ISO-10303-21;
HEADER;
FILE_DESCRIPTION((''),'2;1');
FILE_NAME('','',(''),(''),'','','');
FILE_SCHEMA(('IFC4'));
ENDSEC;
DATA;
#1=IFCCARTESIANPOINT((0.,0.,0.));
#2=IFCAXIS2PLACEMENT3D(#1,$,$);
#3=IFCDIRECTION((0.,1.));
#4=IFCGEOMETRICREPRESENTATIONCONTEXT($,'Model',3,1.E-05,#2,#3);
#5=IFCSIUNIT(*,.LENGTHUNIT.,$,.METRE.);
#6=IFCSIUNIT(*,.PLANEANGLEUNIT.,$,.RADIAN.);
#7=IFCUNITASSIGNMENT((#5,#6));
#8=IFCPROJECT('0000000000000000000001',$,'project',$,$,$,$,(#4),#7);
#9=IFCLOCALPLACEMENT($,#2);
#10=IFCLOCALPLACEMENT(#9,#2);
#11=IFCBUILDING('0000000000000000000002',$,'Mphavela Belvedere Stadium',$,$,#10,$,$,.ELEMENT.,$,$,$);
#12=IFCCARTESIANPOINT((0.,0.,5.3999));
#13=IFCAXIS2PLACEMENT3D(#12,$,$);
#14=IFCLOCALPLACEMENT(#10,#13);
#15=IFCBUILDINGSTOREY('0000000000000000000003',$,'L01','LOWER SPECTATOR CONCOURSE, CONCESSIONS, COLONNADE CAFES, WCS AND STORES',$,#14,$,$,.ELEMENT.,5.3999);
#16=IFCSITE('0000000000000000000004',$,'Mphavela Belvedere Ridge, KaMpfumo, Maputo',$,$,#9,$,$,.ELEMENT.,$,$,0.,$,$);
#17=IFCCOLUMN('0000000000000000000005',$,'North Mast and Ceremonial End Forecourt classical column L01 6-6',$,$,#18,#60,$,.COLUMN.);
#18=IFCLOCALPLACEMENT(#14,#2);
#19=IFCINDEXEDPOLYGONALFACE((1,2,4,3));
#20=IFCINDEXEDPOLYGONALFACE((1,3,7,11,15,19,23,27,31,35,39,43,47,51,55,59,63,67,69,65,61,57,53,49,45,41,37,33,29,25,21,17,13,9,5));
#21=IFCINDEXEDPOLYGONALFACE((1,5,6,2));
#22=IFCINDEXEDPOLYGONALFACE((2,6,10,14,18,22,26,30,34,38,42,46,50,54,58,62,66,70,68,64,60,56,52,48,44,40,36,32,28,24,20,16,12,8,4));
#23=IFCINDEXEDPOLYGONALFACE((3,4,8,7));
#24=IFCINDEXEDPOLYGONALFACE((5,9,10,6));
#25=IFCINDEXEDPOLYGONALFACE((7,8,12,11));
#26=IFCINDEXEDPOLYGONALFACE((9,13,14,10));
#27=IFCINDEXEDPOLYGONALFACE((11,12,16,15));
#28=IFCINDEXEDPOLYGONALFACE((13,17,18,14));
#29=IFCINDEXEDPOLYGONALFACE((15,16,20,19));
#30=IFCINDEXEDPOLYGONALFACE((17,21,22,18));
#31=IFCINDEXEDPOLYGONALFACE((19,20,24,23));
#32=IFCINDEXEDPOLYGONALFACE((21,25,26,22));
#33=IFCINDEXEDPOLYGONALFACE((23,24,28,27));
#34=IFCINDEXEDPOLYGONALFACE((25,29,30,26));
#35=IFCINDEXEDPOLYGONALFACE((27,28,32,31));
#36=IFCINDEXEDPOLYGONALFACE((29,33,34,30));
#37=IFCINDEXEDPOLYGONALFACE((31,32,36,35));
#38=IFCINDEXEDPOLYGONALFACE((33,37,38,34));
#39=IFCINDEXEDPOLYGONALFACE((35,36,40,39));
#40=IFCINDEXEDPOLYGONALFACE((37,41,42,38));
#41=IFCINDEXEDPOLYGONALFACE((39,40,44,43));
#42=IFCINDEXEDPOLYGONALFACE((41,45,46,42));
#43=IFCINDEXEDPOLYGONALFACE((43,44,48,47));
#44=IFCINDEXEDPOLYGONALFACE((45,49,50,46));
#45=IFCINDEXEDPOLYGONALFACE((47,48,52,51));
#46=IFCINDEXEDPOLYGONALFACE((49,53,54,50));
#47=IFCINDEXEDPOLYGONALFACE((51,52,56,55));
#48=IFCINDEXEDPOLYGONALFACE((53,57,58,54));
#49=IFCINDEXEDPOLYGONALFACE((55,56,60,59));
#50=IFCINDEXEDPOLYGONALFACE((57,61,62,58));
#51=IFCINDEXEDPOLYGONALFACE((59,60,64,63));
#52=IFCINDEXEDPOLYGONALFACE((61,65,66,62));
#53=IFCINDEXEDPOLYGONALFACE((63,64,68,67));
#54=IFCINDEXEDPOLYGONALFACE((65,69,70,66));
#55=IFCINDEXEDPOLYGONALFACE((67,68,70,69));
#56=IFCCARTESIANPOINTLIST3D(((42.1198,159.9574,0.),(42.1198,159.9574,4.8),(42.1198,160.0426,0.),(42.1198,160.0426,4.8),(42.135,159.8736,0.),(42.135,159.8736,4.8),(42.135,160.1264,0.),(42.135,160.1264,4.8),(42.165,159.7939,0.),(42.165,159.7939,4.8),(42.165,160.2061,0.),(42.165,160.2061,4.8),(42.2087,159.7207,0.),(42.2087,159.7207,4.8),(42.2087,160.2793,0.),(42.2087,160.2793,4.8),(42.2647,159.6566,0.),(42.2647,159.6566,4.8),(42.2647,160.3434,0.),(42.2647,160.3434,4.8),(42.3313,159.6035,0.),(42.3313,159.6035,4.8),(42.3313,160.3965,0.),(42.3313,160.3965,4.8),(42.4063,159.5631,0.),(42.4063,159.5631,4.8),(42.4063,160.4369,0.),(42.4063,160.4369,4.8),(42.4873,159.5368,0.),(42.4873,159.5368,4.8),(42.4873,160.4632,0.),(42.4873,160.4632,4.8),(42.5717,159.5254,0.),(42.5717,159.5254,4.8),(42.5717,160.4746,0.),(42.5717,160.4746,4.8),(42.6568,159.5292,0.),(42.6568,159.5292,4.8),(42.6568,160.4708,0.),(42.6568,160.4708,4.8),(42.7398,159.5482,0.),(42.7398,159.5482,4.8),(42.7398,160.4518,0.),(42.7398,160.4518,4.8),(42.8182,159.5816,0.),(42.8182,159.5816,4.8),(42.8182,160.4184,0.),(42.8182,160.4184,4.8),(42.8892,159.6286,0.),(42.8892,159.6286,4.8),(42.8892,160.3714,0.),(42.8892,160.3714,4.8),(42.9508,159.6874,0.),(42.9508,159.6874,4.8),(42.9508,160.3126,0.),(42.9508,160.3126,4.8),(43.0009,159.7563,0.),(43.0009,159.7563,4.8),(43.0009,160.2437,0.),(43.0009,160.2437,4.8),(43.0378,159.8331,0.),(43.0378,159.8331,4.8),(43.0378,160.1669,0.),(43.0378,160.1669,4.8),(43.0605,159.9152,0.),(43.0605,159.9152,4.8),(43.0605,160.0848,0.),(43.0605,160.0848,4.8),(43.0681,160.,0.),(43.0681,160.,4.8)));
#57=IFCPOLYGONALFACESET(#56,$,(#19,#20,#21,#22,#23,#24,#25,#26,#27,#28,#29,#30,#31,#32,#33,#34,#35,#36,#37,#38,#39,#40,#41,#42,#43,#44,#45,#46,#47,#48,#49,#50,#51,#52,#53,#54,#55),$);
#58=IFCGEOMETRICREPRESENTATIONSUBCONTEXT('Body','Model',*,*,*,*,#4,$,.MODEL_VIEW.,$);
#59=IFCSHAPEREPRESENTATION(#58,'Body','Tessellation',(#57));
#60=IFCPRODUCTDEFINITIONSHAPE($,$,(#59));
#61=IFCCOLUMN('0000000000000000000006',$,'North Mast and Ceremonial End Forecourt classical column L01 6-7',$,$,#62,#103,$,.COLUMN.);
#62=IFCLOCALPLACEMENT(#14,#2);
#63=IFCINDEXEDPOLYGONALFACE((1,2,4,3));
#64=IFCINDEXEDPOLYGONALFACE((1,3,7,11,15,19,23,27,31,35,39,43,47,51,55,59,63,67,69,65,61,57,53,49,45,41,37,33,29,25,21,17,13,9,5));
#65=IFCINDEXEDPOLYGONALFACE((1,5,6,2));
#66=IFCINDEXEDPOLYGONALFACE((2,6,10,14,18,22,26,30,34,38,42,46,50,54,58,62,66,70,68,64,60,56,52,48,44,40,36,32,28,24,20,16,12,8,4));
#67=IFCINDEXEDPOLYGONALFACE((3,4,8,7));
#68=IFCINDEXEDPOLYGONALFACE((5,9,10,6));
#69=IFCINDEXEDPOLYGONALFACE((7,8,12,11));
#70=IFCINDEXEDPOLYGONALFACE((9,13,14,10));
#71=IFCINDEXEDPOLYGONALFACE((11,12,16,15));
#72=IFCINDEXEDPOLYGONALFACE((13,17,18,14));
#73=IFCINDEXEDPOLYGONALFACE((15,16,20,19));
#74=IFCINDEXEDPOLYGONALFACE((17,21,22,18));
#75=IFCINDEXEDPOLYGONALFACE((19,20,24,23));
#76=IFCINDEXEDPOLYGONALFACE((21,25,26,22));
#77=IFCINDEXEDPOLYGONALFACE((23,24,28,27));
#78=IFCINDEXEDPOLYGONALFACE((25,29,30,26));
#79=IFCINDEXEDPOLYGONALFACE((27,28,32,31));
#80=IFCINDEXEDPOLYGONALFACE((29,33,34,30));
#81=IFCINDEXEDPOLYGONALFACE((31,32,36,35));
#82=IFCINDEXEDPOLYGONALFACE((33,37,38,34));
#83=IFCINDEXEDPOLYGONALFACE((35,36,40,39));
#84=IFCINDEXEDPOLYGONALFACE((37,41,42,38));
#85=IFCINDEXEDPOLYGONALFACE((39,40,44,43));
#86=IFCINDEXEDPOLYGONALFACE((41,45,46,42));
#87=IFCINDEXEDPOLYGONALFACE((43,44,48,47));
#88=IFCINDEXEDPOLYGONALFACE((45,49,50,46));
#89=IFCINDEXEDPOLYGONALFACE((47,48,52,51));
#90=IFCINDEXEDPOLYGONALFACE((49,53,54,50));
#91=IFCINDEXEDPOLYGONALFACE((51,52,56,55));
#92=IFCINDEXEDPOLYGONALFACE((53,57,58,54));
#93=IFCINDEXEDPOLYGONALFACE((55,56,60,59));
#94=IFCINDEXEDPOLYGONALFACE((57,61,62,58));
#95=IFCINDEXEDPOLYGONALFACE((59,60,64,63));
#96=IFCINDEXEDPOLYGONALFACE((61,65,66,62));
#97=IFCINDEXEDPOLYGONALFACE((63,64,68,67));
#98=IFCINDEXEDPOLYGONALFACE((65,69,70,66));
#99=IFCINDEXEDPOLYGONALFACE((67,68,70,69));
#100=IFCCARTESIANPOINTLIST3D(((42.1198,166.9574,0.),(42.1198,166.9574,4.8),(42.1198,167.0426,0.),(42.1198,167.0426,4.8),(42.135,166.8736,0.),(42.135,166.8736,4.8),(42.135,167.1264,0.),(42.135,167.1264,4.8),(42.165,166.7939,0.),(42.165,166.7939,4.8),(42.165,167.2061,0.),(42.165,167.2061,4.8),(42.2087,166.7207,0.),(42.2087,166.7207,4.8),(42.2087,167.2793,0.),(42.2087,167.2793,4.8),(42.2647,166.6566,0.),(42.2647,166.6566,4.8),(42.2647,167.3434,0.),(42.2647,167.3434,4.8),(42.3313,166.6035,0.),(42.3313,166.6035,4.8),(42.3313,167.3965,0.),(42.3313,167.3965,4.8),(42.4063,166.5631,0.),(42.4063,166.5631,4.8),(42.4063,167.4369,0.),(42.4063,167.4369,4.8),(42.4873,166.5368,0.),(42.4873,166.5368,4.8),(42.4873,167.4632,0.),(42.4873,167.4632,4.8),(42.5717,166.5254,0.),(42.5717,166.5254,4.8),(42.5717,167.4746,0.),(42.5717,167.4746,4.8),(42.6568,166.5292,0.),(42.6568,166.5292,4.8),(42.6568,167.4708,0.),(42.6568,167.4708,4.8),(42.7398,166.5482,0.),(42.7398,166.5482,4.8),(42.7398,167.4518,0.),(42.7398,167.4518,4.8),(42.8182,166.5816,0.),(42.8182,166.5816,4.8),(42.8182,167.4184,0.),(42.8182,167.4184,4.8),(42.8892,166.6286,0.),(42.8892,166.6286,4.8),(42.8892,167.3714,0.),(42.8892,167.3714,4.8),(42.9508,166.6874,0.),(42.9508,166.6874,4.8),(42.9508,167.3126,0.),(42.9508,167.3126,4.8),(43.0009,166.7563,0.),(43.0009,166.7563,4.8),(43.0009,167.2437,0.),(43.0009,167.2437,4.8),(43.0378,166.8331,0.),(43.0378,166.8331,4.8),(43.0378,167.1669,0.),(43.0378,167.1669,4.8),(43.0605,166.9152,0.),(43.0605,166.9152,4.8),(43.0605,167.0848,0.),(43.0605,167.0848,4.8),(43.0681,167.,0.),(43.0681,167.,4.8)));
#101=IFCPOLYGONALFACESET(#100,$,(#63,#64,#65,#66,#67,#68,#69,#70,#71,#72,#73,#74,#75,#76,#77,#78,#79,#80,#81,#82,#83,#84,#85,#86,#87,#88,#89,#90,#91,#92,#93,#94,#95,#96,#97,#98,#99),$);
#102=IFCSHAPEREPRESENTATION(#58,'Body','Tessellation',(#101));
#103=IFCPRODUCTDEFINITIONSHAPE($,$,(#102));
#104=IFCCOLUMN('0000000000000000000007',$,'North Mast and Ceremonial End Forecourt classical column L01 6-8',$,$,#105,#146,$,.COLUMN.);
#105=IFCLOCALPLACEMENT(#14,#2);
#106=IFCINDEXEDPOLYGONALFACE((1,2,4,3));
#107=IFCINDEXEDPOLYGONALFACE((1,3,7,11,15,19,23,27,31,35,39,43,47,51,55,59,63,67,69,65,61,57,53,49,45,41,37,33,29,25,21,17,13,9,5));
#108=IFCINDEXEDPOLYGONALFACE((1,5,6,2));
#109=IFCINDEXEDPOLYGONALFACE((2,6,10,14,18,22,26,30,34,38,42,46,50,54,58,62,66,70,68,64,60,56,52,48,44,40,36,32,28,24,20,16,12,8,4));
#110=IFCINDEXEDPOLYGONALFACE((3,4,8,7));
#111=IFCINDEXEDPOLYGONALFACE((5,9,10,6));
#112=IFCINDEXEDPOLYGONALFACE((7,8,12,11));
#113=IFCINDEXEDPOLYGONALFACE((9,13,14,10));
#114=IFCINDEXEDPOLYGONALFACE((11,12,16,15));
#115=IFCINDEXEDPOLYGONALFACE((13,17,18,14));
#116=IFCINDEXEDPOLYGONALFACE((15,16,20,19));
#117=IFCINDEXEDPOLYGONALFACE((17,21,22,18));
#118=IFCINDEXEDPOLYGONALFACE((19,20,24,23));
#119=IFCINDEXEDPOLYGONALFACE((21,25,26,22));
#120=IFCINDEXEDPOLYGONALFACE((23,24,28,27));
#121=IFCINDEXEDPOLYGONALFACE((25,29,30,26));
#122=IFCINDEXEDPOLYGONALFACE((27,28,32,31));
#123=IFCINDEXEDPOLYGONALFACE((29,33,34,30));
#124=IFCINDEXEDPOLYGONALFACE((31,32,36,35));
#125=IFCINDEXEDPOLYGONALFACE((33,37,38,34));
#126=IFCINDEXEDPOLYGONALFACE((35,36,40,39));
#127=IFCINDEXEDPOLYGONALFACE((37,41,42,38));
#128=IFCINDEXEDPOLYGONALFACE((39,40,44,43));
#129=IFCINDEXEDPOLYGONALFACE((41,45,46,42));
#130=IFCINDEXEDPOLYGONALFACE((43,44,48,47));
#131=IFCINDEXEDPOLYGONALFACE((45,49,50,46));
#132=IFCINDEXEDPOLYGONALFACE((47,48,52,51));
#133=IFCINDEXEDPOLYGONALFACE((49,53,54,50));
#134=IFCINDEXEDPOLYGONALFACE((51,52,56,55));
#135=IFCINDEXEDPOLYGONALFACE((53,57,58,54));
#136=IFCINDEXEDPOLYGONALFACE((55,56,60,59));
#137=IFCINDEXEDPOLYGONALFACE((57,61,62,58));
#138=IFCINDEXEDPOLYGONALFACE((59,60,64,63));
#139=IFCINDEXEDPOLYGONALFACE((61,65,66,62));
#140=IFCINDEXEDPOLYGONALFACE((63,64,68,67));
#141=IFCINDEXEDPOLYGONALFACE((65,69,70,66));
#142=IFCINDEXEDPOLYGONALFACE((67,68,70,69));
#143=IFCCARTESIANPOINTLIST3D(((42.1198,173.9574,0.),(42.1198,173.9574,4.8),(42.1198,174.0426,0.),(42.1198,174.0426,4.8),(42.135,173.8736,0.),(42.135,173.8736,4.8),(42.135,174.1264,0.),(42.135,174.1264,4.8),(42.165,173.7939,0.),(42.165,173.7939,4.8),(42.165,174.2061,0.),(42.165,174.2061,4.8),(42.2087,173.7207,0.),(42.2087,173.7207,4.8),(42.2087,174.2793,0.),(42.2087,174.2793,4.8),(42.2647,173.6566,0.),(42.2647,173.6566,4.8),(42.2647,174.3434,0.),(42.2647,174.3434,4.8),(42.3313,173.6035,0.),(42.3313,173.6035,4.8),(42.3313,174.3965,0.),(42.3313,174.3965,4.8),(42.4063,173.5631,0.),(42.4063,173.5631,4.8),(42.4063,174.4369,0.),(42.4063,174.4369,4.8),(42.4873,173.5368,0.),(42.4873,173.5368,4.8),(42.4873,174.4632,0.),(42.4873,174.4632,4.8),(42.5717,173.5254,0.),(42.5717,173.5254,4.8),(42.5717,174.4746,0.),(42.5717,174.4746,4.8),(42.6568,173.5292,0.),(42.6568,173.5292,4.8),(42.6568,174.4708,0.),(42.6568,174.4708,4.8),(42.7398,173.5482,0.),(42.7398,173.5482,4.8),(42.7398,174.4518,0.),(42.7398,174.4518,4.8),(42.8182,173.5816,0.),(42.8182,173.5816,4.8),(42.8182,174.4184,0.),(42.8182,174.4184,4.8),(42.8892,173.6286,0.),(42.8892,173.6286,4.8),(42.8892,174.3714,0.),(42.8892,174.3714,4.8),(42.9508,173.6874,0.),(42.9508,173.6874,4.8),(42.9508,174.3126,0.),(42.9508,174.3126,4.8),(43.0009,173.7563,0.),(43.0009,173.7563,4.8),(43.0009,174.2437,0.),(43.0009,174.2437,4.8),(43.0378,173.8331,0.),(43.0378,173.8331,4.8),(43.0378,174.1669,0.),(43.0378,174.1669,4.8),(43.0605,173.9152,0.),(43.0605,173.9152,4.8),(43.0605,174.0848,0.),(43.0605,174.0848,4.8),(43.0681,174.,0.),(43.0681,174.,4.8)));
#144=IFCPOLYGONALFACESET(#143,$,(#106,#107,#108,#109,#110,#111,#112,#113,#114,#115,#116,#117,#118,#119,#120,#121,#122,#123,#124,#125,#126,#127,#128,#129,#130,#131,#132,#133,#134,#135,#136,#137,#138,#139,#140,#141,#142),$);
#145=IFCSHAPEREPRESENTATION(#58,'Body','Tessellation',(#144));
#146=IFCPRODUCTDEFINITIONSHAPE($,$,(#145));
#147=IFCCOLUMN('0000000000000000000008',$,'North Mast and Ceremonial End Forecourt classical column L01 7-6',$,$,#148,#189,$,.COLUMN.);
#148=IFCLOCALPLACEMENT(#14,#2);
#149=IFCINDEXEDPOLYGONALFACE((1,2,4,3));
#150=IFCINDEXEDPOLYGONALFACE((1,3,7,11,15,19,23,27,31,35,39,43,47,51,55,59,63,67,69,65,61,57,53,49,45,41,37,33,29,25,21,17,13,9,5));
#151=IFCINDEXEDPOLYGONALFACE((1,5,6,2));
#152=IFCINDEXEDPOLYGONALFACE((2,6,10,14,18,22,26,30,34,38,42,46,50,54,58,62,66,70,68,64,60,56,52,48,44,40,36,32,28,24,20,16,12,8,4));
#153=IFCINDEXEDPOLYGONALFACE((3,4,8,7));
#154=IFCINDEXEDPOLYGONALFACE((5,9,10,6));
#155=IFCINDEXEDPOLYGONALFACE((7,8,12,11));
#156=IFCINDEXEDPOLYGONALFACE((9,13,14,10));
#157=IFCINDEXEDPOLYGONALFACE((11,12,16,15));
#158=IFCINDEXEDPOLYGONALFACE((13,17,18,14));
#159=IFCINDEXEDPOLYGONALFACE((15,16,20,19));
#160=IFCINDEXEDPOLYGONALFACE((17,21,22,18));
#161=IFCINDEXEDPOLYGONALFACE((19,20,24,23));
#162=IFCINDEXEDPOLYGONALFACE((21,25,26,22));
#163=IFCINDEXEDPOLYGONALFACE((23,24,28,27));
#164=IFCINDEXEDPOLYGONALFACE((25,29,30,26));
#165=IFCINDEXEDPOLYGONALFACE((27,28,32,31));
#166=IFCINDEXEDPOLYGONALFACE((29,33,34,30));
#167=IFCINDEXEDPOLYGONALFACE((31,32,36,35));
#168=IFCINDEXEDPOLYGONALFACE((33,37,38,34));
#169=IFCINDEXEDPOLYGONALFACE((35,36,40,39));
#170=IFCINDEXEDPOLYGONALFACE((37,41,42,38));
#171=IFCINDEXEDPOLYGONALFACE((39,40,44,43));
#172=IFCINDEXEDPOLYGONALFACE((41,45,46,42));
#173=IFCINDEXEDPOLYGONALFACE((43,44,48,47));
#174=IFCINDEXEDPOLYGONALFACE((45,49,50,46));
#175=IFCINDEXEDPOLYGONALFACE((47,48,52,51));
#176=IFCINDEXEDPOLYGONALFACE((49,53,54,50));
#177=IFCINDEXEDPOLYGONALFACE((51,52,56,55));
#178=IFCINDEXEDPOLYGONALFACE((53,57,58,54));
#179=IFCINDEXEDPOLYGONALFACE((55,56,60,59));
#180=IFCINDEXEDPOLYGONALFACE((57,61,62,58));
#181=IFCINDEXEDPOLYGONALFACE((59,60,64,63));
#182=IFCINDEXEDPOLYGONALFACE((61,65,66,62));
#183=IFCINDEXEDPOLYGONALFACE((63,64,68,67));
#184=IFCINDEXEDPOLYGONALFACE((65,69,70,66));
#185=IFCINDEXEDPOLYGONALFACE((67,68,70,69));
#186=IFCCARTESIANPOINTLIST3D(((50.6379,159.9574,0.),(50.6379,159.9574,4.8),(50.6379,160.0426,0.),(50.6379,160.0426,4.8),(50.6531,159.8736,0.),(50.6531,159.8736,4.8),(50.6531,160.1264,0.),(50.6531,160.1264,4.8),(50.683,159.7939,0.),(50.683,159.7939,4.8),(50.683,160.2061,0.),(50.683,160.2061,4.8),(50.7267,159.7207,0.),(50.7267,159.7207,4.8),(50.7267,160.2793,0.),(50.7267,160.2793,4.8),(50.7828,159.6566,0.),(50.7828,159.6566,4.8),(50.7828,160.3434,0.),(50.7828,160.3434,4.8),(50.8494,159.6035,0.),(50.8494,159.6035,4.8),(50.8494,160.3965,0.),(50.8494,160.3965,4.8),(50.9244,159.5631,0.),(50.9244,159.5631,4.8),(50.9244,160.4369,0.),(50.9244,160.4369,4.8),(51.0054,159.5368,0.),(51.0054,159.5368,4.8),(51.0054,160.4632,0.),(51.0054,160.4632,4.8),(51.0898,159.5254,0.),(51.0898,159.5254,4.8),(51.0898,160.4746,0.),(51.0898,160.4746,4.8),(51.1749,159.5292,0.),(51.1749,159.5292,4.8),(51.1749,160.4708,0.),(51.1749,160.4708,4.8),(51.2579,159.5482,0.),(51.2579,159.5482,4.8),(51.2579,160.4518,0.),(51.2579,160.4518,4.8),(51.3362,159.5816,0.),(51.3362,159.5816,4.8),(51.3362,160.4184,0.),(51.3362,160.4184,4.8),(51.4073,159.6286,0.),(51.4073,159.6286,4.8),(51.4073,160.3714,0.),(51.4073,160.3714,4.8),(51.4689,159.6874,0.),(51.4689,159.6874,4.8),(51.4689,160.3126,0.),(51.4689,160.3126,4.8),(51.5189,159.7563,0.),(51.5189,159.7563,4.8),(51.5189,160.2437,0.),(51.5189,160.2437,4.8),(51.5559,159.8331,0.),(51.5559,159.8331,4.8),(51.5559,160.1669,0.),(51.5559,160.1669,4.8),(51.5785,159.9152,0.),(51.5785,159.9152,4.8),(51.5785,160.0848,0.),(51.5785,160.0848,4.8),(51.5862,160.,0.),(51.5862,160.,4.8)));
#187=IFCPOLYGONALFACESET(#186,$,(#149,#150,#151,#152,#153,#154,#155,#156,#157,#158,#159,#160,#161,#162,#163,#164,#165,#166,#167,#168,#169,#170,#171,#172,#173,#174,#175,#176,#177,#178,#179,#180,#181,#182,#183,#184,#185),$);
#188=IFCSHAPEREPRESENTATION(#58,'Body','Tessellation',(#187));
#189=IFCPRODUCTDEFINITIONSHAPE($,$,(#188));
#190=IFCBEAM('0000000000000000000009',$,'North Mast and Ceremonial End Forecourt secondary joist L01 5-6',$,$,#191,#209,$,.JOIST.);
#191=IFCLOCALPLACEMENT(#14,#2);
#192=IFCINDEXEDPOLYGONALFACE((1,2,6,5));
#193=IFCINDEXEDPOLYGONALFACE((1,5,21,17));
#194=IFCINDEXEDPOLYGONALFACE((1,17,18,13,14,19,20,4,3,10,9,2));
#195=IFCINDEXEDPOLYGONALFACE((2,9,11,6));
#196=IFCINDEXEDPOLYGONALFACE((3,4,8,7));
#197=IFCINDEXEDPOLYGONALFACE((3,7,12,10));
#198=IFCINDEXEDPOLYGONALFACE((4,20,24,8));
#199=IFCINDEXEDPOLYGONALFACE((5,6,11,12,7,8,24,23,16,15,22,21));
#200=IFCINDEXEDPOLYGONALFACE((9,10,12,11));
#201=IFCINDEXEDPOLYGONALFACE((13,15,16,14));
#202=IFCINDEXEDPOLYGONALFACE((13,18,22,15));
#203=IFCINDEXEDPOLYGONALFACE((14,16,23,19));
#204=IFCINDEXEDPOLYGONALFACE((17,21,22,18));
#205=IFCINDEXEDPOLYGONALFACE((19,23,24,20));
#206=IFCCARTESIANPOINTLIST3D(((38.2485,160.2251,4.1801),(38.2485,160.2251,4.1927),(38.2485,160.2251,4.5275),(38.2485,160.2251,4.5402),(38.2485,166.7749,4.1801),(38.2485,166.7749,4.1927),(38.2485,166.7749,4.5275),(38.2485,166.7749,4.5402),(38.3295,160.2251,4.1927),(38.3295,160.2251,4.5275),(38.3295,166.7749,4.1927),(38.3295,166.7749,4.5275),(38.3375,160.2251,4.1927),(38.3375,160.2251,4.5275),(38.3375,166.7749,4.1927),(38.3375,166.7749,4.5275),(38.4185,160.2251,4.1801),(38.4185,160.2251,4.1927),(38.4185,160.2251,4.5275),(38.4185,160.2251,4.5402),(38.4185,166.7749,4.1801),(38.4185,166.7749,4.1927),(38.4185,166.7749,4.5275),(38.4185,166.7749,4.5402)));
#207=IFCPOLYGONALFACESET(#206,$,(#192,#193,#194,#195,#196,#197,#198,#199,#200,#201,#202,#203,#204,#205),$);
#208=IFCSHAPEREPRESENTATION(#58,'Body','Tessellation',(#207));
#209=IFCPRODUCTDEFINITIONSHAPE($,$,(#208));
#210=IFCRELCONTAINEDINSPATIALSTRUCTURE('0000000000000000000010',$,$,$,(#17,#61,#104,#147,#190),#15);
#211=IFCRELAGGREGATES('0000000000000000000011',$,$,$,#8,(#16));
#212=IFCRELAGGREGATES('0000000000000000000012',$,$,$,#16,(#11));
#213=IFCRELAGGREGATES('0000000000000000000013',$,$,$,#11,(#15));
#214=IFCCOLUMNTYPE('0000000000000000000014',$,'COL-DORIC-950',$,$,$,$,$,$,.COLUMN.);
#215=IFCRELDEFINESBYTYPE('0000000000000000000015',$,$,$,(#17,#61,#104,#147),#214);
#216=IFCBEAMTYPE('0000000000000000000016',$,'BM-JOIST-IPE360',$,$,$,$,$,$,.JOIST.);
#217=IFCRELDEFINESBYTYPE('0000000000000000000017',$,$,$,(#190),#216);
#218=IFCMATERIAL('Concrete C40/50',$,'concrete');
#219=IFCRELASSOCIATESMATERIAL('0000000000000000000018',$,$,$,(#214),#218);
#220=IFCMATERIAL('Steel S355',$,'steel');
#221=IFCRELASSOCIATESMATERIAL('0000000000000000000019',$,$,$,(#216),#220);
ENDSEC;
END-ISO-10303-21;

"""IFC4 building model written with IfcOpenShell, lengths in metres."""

from ifc_helpers import new_model, si_unit, direction, frame, origin, origin_2d, place, context, subcontext, project, spatial, circle, i_section, extrude, material, material_profile, profile_set, type_object, element, save


model = new_model("IFC4")

# Units and contexts
model_context = context("Model", 3, precision=1e-05, world=origin(), true_north=direction((0.0, 1.0)))
body_context = subcontext(model_context, "Body", "Model", "MODEL_VIEW")
ifc_project = project(units=[si_unit("LENGTHUNIT", "METRE"), si_unit("PLANEANGLEUNIT", "RADIAN")], contexts=[model_context])

# Site, building, storey
site_placement = place(None, origin())
site = spatial("IfcSite", under=ifc_project, at=site_placement, Name="Mphavela Belvedere Ridge, KaMpfumo, Maputo", CompositionType="ELEMENT", RefElevation=0.0)
building_placement = place(site_placement, origin())
building = spatial("IfcBuilding", under=site, at=building_placement, Name="Mphavela Belvedere Stadium", CompositionType="ELEMENT")
storey_placement = place(building_placement, frame((0.0, 0.0, 5.3999)))
storey = spatial("IfcBuildingStorey", under=building, at=storey_placement, Name="L01", Description="LOWER SPECTATOR CONCOURSE, CONCESSIONS, COLONNADE CAFES, WCS AND STORES", CompositionType="ELEMENT", Elevation=5.3999)

# Columns
ifc_material_1 = material(Name="Concrete C40/50", Category="concrete")
ifc_material_profile_1 = material_profile(ifc_material_1, circle(Radius=0.4751, at=origin_2d()), Name="COL D950")
ifc_profile_set_1 = profile_set([ifc_material_profile_1], Name="Concrete C40/50")
column_type = type_object("IfcColumnType", Name="COL-DORIC-950", PredefinedType="COLUMN", material=ifc_profile_set_1)
for number, where, z_axis, x_axis, name in (
    (1, (42.593, 160.0, 0.0), (0.0, 0.0, 1.0), (1.0, 0.0, 0.0), "North Mast and Ceremonial End Forecourt classical column L01 6-6"),
    (2, (42.593, 167.0, 0.0), (0.0, 0.0, 1.0), (1.0, 0.0, 0.0), "North Mast and Ceremonial End Forecourt classical column L01 6-7"),
    (3, (42.593, 174.0, 0.0), (0.0, 0.0, 1.0), (1.0, 0.0, 0.0), "North Mast and Ceremonial End Forecourt classical column L01 6-8"),
    (4, (51.1111, 160.0, 0.0), (0.0, 0.0, 1.0), (1.0, 0.0, 0.0), "North Mast and Ceremonial End Forecourt classical column L01 7-6"),
):
    element("IfcColumn", number, at=place(storey_placement, frame(where, z_axis=z_axis, x_axis=x_axis)), inside=storey, type_object=column_type, Name=name, PredefinedType="COLUMN", context=body_context, shape_type="SweptSolid", body=[
        extrude(circle(Radius=0.4751, at=origin_2d()), origin(), (0.0, 0.0, 1.0), 4.8),
    ])

# Beam
ifc_material_2 = material(Name="Steel S355", Category="steel")
ifc_material_profile_2 = material_profile(ifc_material_2, i_section(OverallWidth=0.1699, OverallDepth=0.3601, WebThickness=0.0081, FlangeThickness=0.0127, at=origin_2d()), Name="IPE 360")
ifc_profile_set_2 = profile_set([ifc_material_profile_2], Name="Steel S355")
beam_type_1 = type_object("IfcBeamType", Name="BM-JOIST-IPE360", PredefinedType="JOIST", material=ifc_profile_set_2)
for number, where, z_axis, x_axis, name in (
    (5, (38.3335, 160.2251, 4.3601), (0.0, 1.0, 0.0), (-1.0, 0.0, 0.0), "North Mast and Ceremonial End Forecourt secondary joist L01 5-6"),
):
    element("IfcBeam", number, at=place(storey_placement, frame(where, z_axis=z_axis, x_axis=x_axis)), inside=storey, type_object=beam_type_1, Name=name, PredefinedType="JOIST", context=body_context, shape_type="SweptSolid", body=[
        extrude(i_section(OverallWidth=0.1699, OverallDepth=0.3601, WebThickness=0.0081, FlangeThickness=0.0127, at=origin_2d()), origin(), (0.0, 0.0, 1.0), 6.5498),
    ])

save(model, "model.ifc")
